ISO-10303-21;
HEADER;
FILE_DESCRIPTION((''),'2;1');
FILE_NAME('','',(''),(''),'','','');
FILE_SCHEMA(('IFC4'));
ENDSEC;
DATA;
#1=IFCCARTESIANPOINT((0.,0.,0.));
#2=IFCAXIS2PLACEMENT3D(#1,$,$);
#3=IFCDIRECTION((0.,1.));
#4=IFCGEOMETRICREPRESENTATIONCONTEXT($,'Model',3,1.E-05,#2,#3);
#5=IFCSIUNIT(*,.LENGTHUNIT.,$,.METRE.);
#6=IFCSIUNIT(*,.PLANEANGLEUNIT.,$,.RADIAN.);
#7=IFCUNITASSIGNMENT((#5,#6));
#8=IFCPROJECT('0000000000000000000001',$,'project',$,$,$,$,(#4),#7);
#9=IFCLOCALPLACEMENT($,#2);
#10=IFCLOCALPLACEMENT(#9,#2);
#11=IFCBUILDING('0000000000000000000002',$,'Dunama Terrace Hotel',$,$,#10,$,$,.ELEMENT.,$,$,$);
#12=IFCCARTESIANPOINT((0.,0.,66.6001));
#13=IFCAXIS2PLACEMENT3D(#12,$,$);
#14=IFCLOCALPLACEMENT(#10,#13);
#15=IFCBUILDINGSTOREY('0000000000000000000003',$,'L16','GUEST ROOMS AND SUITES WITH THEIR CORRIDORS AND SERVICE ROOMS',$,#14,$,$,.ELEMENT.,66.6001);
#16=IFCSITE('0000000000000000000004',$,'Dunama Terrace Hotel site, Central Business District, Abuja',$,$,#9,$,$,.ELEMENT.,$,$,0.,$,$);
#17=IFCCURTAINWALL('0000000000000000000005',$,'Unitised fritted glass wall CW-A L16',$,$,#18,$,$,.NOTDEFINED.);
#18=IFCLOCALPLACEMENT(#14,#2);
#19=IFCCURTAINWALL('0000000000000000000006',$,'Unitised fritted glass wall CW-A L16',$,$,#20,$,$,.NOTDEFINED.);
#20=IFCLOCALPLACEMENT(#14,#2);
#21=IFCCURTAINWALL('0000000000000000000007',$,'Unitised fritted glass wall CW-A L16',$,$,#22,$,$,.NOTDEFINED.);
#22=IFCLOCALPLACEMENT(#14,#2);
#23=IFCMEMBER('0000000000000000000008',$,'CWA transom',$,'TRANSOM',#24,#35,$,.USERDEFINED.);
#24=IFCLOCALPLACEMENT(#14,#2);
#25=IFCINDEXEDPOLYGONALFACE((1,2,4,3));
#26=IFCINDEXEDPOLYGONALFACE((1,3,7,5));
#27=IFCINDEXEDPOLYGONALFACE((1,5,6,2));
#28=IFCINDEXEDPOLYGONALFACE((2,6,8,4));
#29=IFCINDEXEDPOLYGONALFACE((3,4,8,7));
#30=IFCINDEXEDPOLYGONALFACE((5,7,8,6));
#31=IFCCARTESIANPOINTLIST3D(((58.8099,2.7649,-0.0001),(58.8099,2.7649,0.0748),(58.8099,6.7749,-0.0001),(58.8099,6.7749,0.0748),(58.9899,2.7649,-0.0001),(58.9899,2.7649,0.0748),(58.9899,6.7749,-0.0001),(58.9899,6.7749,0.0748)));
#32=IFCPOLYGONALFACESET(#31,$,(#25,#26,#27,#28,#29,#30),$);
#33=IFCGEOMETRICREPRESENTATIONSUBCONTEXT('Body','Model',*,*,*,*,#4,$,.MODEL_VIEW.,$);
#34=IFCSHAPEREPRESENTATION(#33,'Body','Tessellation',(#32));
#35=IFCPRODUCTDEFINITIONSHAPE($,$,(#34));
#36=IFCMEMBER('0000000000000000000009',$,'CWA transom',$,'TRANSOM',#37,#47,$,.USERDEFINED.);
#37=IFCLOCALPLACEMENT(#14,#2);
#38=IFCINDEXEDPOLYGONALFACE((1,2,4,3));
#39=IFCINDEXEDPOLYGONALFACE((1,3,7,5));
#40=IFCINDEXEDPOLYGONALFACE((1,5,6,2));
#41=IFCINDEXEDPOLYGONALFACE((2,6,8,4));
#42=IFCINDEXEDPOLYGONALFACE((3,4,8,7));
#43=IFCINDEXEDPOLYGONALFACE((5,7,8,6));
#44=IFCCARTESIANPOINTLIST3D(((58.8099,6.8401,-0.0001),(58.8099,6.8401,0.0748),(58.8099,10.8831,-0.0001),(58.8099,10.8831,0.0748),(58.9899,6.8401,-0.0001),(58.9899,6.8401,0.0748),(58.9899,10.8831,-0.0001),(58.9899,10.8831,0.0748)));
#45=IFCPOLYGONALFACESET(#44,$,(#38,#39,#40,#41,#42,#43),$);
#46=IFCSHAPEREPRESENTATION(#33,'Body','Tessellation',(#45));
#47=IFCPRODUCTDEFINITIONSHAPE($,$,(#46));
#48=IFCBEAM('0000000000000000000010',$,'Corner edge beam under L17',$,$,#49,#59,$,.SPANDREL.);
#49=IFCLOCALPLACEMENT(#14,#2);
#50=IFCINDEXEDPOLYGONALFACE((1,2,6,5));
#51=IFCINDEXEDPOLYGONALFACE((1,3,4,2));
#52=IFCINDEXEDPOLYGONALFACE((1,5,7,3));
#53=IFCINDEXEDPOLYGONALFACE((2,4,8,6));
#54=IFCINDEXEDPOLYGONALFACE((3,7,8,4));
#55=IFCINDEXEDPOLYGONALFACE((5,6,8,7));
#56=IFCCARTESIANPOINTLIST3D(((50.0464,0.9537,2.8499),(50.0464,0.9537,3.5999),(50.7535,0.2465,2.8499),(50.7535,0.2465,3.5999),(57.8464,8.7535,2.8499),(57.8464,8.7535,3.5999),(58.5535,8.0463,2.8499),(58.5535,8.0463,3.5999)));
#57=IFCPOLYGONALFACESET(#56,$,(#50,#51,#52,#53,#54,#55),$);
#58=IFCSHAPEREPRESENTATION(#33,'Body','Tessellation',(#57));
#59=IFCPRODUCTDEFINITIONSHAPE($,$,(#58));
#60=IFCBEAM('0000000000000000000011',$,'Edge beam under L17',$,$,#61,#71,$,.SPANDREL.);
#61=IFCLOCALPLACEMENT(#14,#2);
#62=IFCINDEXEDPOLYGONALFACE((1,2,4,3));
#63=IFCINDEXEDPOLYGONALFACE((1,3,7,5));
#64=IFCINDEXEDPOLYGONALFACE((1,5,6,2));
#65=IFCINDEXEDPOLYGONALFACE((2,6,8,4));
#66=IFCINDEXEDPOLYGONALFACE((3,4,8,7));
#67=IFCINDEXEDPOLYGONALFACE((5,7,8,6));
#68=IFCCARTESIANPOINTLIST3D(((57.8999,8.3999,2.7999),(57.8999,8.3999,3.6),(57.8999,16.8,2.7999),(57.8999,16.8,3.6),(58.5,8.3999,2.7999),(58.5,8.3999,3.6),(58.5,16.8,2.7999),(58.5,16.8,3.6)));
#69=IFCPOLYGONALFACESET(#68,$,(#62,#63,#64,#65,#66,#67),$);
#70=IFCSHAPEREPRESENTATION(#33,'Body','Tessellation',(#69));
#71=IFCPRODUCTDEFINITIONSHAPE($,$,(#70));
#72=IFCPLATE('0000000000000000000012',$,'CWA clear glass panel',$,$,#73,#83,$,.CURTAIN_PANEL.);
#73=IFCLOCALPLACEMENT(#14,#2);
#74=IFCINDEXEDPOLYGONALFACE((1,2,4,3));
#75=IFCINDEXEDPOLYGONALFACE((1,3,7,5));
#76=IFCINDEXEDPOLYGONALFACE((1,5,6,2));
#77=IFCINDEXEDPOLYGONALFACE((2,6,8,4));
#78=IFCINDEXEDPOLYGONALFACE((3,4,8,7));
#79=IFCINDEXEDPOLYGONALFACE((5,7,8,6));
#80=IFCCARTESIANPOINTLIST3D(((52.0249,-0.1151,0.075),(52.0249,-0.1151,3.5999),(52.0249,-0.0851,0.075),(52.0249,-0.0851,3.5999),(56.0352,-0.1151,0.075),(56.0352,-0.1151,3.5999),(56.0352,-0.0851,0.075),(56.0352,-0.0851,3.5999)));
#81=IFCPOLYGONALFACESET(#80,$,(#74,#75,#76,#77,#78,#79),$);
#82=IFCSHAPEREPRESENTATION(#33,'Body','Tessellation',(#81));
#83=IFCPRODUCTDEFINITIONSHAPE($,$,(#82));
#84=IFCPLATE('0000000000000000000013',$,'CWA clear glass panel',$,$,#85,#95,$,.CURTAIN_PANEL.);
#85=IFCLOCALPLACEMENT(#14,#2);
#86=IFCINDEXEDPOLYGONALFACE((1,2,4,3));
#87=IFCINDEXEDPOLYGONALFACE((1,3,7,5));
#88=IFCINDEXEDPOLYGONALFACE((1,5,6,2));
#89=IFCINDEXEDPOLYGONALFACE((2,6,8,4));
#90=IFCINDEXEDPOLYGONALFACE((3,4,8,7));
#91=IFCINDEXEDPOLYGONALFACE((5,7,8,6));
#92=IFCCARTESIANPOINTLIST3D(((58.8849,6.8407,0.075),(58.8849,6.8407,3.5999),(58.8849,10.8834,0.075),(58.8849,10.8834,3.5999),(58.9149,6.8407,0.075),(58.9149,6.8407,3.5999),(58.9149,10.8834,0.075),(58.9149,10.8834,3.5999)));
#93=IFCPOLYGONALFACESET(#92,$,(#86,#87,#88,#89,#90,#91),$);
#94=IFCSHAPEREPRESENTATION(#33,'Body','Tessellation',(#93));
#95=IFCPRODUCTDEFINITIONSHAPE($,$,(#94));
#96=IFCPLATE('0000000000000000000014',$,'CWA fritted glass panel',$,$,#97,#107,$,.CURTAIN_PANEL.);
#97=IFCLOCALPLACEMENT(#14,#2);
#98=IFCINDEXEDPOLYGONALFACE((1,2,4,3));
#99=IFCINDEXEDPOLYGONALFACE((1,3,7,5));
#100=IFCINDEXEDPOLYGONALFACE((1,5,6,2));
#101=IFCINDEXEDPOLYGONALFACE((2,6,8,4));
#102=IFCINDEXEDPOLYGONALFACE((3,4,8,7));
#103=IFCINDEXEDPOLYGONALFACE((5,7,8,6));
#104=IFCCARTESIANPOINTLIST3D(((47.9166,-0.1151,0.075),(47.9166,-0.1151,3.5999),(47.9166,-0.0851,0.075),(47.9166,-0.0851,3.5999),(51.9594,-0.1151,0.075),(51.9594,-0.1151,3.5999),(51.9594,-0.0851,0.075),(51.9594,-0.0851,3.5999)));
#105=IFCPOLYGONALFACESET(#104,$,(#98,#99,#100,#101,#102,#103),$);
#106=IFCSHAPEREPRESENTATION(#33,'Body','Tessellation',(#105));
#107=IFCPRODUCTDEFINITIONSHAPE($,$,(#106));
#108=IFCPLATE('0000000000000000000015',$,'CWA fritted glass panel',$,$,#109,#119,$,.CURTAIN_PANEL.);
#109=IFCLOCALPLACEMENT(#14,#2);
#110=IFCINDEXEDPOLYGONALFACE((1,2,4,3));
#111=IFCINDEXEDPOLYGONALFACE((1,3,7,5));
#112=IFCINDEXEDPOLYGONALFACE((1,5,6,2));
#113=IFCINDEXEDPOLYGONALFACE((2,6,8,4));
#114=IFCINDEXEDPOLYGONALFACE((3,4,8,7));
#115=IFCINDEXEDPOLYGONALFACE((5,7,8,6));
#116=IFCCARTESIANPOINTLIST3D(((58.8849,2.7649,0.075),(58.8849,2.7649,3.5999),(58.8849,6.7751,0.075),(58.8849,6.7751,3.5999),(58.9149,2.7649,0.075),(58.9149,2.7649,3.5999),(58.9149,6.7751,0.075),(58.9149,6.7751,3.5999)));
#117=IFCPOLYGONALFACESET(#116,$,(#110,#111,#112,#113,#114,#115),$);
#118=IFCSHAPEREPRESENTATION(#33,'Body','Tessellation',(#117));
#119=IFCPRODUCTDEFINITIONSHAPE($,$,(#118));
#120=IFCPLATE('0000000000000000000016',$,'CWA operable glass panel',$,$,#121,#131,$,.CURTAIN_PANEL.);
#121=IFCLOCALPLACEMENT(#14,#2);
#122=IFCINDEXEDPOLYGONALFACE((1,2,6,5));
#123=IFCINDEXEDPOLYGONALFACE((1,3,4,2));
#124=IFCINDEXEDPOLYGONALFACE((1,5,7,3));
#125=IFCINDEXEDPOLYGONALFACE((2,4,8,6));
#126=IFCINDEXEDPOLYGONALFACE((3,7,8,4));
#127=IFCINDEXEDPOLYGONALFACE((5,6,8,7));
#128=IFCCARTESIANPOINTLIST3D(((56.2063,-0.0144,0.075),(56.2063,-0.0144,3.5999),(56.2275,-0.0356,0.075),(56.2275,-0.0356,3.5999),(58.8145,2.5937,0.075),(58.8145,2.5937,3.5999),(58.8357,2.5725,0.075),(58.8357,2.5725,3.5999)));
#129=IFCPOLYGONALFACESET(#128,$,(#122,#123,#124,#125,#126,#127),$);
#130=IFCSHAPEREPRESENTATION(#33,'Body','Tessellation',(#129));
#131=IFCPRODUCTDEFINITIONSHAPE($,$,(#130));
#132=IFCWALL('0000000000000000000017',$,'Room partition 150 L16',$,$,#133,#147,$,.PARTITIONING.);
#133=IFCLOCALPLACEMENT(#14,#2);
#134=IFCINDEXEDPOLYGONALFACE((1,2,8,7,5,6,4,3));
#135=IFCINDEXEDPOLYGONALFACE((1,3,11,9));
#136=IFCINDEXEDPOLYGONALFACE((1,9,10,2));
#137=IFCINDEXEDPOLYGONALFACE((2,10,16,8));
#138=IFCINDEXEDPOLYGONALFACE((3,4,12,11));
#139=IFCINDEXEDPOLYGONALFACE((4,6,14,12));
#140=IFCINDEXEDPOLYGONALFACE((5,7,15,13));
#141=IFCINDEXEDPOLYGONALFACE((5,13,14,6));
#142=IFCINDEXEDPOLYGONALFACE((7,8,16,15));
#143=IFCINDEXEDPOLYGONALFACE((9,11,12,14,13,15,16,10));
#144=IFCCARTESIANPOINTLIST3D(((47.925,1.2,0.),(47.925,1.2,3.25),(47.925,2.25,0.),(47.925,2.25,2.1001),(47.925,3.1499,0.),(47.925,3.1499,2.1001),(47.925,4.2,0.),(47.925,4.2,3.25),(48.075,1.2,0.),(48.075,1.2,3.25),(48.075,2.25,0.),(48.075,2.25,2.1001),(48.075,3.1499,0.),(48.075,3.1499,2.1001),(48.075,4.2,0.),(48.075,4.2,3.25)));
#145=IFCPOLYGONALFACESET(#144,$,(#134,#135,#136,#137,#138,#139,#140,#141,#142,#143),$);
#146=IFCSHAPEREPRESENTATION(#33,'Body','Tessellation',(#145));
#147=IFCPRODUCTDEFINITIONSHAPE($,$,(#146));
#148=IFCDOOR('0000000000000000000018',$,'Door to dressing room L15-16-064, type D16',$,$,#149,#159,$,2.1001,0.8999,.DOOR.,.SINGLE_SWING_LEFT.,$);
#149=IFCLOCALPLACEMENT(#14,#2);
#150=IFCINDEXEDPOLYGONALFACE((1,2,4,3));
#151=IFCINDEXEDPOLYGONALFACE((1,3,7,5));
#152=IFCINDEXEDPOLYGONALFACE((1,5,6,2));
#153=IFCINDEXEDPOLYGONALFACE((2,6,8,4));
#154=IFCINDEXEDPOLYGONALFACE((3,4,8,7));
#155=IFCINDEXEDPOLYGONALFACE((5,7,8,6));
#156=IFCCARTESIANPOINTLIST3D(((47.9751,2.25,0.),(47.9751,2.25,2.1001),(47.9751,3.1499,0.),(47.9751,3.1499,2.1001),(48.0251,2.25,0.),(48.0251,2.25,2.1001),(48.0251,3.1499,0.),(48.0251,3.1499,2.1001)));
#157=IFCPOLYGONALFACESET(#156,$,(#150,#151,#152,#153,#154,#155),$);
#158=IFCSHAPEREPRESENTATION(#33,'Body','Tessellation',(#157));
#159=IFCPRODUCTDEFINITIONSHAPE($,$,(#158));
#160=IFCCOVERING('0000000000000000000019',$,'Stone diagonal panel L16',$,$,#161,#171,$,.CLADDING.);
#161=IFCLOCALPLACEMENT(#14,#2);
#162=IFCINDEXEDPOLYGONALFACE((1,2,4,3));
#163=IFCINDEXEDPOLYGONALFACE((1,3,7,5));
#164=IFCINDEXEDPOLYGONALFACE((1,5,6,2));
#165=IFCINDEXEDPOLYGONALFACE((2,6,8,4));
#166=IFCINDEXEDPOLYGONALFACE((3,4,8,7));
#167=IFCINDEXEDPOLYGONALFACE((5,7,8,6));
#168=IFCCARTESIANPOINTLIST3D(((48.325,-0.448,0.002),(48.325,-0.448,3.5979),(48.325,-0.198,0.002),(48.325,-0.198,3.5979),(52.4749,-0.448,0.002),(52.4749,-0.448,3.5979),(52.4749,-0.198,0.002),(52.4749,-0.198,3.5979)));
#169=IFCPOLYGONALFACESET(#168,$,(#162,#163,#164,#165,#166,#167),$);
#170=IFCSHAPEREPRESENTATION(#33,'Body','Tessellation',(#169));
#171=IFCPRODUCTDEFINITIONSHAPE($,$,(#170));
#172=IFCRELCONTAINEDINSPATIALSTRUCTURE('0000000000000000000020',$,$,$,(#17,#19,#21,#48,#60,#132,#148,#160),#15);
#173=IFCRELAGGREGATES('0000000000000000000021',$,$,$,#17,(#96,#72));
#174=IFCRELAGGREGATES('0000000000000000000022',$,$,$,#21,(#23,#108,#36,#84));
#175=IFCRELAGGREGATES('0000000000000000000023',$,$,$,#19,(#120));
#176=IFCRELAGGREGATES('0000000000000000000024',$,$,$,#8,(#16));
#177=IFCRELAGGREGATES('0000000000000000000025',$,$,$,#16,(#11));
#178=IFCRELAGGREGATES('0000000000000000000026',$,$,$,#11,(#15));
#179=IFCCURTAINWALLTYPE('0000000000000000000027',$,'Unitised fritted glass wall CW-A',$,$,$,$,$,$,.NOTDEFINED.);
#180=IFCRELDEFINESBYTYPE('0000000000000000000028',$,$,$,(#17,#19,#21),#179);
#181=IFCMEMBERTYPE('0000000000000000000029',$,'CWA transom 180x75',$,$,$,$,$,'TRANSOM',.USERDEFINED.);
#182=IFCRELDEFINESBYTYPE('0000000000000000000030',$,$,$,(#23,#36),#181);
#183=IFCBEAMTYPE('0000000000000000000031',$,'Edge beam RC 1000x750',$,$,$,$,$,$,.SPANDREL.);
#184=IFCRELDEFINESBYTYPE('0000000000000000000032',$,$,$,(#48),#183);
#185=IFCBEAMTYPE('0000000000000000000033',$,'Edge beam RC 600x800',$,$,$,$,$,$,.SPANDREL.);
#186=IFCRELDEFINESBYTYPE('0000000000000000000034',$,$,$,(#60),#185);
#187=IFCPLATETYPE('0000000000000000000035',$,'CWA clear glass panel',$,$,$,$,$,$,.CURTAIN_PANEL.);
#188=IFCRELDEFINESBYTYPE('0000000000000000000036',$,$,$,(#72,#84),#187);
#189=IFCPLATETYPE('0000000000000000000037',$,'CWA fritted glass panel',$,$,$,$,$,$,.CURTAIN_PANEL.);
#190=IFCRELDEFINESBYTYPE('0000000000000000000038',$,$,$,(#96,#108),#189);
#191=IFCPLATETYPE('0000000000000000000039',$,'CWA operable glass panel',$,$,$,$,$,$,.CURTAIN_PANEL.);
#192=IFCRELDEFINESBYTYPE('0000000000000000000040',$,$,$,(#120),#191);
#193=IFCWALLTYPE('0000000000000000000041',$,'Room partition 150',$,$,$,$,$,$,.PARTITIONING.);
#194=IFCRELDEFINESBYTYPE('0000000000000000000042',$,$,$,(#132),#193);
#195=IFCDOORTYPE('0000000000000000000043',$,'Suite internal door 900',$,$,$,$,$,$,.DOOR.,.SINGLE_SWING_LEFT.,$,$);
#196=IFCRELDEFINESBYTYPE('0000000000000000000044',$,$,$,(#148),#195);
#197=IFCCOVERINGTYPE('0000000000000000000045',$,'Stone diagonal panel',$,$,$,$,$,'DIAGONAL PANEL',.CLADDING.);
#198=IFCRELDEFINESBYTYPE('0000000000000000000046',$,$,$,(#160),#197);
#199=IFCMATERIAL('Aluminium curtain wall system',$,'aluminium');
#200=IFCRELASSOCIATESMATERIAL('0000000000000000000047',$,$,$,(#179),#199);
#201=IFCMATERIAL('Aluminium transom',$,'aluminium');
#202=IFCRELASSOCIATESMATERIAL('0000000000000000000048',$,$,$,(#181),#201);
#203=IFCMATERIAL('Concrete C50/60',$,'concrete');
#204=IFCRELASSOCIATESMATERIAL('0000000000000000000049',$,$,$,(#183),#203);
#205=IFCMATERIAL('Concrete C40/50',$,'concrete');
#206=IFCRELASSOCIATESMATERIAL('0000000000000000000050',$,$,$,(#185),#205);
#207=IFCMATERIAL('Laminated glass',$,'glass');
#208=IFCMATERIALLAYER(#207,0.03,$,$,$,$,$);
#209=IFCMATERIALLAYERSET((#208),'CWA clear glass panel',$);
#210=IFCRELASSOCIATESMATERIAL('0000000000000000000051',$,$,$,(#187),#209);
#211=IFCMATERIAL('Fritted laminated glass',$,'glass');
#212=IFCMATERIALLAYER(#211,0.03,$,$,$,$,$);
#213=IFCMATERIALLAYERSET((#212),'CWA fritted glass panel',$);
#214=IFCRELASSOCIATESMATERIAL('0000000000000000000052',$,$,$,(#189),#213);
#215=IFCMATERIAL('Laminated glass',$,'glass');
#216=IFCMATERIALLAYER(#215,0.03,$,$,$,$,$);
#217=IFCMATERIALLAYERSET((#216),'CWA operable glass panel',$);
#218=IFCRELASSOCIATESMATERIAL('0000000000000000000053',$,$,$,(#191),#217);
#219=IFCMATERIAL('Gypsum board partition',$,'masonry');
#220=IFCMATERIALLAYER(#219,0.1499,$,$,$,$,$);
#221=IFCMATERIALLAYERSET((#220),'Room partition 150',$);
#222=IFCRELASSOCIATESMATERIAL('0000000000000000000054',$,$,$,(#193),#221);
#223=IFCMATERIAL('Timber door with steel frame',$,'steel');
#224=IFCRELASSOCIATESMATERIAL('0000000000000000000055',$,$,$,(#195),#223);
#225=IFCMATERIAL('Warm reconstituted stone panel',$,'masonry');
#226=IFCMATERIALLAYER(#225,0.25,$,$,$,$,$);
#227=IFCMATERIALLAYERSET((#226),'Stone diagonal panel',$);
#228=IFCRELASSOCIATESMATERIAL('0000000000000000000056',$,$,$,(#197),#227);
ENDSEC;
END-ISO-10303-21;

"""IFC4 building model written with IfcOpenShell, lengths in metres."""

from ifc_helpers import new_model, si_unit, direction, frame, frame_2d, origin, origin_2d, place, context, subcontext, project, spatial, rectangle, extrude, material, layer, layer_set, material_profile, profile_set, type_object, element, fill, aggregate, save


model = new_model("IFC4")

# Units and contexts
model_context = context("Model", 3, precision=1e-05, world=origin(), true_north=direction((0.0, 1.0)))
body_context = subcontext(model_context, "Body", "Model", "MODEL_VIEW")
ifc_project = project(units=[si_unit("LENGTHUNIT", "METRE"), si_unit("PLANEANGLEUNIT", "RADIAN")], contexts=[model_context])

# Site, building, storey
site_placement = place(None, origin())
site = spatial("IfcSite", under=ifc_project, at=site_placement, Name="Dunama Terrace Hotel site, Central Business District, Abuja", CompositionType="ELEMENT", RefElevation=0.0)
building_placement = place(site_placement, origin())
building = spatial("IfcBuilding", under=site, at=building_placement, Name="Dunama Terrace Hotel", CompositionType="ELEMENT")
storey_placement = place(building_placement, frame((0.0, 0.0, 66.6001)))
storey = spatial("IfcBuildingStorey", under=building, at=storey_placement, Name="L16", Description="GUEST ROOMS AND SUITES WITH THEIR CORRIDORS AND SERVICE ROOMS", CompositionType="ELEMENT", Elevation=66.6001)

# Curtain walls
ifc_material_1 = material(Name="Aluminium curtain wall system", Category="aluminium")
curtain_wall_type = type_object("IfcCurtainWallType", Name="Unitised fritted glass wall CW-A", PredefinedType="NOTDEFINED", material=ifc_material_1)
curtain_wall_1_placement = place(storey_placement, origin())
curtain_wall_1 = element("IfcCurtainWall", 1, at=curtain_wall_1_placement, inside=storey, type_object=curtain_wall_type, Name="Unitised fritted glass wall CW-A L16", PredefinedType="NOTDEFINED")
curtain_wall_2_placement = place(storey_placement, origin())
curtain_wall_2 = element("IfcCurtainWall", 2, at=curtain_wall_2_placement, inside=storey, type_object=curtain_wall_type, Name="Unitised fritted glass wall CW-A L16", PredefinedType="NOTDEFINED")
curtain_wall_3_placement = place(storey_placement, origin())
curtain_wall_3 = element("IfcCurtainWall", 3, at=curtain_wall_3_placement, inside=storey, type_object=curtain_wall_type, Name="Unitised fritted glass wall CW-A L16", PredefinedType="NOTDEFINED")

# Members
ifc_material_2 = material(Name="Aluminium transom", Category="aluminium")
ifc_material_profile_1 = material_profile(ifc_material_2, rectangle(XDim=0.1799, YDim=0.075, at=origin_2d()), Name="CWA TRANSOM 180X75")
ifc_profile_set_1 = profile_set([ifc_material_profile_1], Name="Aluminium transom")
member_type_1 = type_object("IfcMemberType", Name="CWA transom 180x75", ElementType="TRANSOM", PredefinedType="USERDEFINED", material=ifc_profile_set_1)
member_1_placement = place(storey_placement, frame((58.8999, 2.7649, 0.0374), z_axis=(0.0, 1.0, 0.0), x_axis=(-1.0, 0.0, 0.0)))
member_1 = element("IfcMember", 4, at=member_1_placement, type_object=member_type_1, Name="CWA transom", ObjectType="TRANSOM", PredefinedType="USERDEFINED", context=body_context, shape_type="SweptSolid", body=[
    extrude(rectangle(XDim=0.1799, YDim=0.075, at=origin_2d()), origin(), (0.0, 0.0, 1.0), 4.01),
])
member_2_placement = place(storey_placement, frame((58.8999, 6.8401, 0.0374), z_axis=(0.0, 1.0, 0.0), x_axis=(-1.0, 0.0, 0.0)))
member_2 = element("IfcMember", 5, at=member_2_placement, type_object=member_type_1, Name="CWA transom", ObjectType="TRANSOM", PredefinedType="USERDEFINED", context=body_context, shape_type="SweptSolid", body=[
    extrude(rectangle(XDim=0.1799, YDim=0.075, at=origin_2d()), origin(), (0.0, 0.0, 1.0), 4.043),
])

# Beams
ifc_material_3 = material(Name="Concrete C50/60", Category="concrete")
ifc_material_profile_2 = material_profile(ifc_material_3, rectangle(XDim=1.0, YDim=0.75, at=origin_2d()), Name="RC 1000x750")
ifc_profile_set_2 = profile_set([ifc_material_profile_2], Name="Concrete C50/60")
beam_type_1 = type_object("IfcBeamType", Name="Edge beam RC 1000x750", PredefinedType="SPANDREL", material=ifc_profile_set_2)
beam_1_placement = place(storey_placement, frame((50.3999, 0.6001, 3.2249), z_axis=(0.707118, 0.707096, 0.0), x_axis=(-0.707096, 0.707118, 0.0)))
element("IfcBeam", 6, at=beam_1_placement, inside=storey, type_object=beam_type_1, Name="Corner edge beam under L17", PredefinedType="SPANDREL", context=body_context, shape_type="SweptSolid", body=[
    extrude(rectangle(XDim=1.0, YDim=0.75, at=origin_2d()), origin(), (0.0, 0.0, 1.0), 11.0308),
])
ifc_material_4 = material(Name="Concrete C40/50", Category="concrete")
ifc_material_profile_3 = material_profile(ifc_material_4, rectangle(XDim=0.6001, YDim=0.8, at=origin_2d()), Name="RC 600x800")
ifc_profile_set_3 = profile_set([ifc_material_profile_3], Name="Concrete C40/50")
beam_type_2 = type_object("IfcBeamType", Name="Edge beam RC 600x800", PredefinedType="SPANDREL", material=ifc_profile_set_3)
beam_2_placement = place(storey_placement, frame((58.2, 8.3999, 3.2), z_axis=(0.0, 1.0, 0.0), x_axis=(-1.0, 0.0, 0.0)))
element("IfcBeam", 7, at=beam_2_placement, inside=storey, type_object=beam_type_2, Name="Edge beam under L17", PredefinedType="SPANDREL", context=body_context, shape_type="SweptSolid", body=[
    extrude(rectangle(XDim=0.6001, YDim=0.8, at=origin_2d()), origin(), (0.0, 0.0, 1.0), 8.4001),
])

# Plates
ifc_material_5 = material(Name="Laminated glass", Category="glass")
ifc_layer_1 = layer(ifc_material_5, 0.03)
ifc_layer_set_1 = layer_set([ifc_layer_1], Name="CWA clear glass panel")
plate_type_1 = type_object("IfcPlateType", Name="CWA clear glass panel", PredefinedType="CURTAIN_PANEL", material=ifc_layer_set_1)
plate_1_placement = place(storey_placement, frame((54.03, -0.1001, 0.075), z_axis=(0.0, 0.0, 1.0), x_axis=(1.0, 0.0, 0.0)))
plate_1 = element("IfcPlate", 8, at=plate_1_placement, type_object=plate_type_1, Name="CWA clear glass panel", PredefinedType="CURTAIN_PANEL", context=body_context, shape_type="SweptSolid", body=[
    extrude(rectangle(XDim=4.0103, YDim=0.03, at=origin_2d()), origin(), (0.0, 0.0, 1.0), 3.5249),
])
plate_2_placement = place(storey_placement, frame((58.8999, 8.8621, 0.075), z_axis=(0.0, 0.0, 1.0), x_axis=(0.0, 1.0, 0.0)))
plate_2 = element("IfcPlate", 9, at=plate_2_placement, type_object=plate_type_1, Name="CWA clear glass panel", PredefinedType="CURTAIN_PANEL", context=body_context, shape_type="SweptSolid", body=[
    extrude(rectangle(XDim=4.0427, YDim=0.03, at=origin_2d()), origin(), (0.0, 0.0, 1.0), 3.5249),
])
ifc_material_6 = material(Name="Fritted laminated glass", Category="glass")
ifc_layer_2 = layer(ifc_material_6, 0.03)
ifc_layer_set_2 = layer_set([ifc_layer_2], Name="CWA fritted glass panel")
plate_type_2 = type_object("IfcPlateType", Name="CWA fritted glass panel", PredefinedType="CURTAIN_PANEL", material=ifc_layer_set_2)
plate_3_placement = place(storey_placement, frame((49.938, -0.1001, 0.075), z_axis=(0.0, 0.0, 1.0), x_axis=(1.0, 0.0, 0.0)))
plate_3 = element("IfcPlate", 10, at=plate_3_placement, type_object=plate_type_2, Name="CWA fritted glass panel", PredefinedType="CURTAIN_PANEL", context=body_context, shape_type="SweptSolid", body=[
    extrude(rectangle(XDim=4.0427, YDim=0.03, at=origin_2d()), origin(), (0.0, 0.0, 1.0), 3.5249),
])
aggregate(curtain_wall_1, [plate_3, plate_1])
plate_4_placement = place(storey_placement, frame((58.8999, 4.77, 0.075), z_axis=(0.0, 0.0, 1.0), x_axis=(0.0, 1.0, 0.0)))
plate_4 = element("IfcPlate", 11, at=plate_4_placement, type_object=plate_type_2, Name="CWA fritted glass panel", PredefinedType="CURTAIN_PANEL", context=body_context, shape_type="SweptSolid", body=[
    extrude(rectangle(XDim=4.0103, YDim=0.03, at=origin_2d()), origin(), (0.0, 0.0, 1.0), 3.5249),
])
aggregate(curtain_wall_3, [member_1, plate_4, member_2, plate_2])
ifc_material_7 = material(Name="Laminated glass", Category="glass")
ifc_layer_3 = layer(ifc_material_7, 0.03)
ifc_layer_set_3 = layer_set([ifc_layer_3], Name="CWA operable glass panel")
plate_type_3 = type_object("IfcPlateType", Name="CWA operable glass panel", PredefinedType="CURTAIN_PANEL", material=ifc_layer_set_3)
plate_5_placement = place(storey_placement, frame((57.521, 1.2791, 0.075), z_axis=(0.0, 0.0, 1.0), x_axis=(0.707107, 0.707107, 0.0)))
plate_5 = element("IfcPlate", 12, at=plate_5_placement, type_object=plate_type_3, Name="CWA operable glass panel", PredefinedType="CURTAIN_PANEL", context=body_context, shape_type="SweptSolid", body=[
    extrude(rectangle(XDim=3.6885, YDim=0.03, at=origin_2d()), origin(), (0.0, 0.0, 1.0), 3.5249),
])
aggregate(curtain_wall_2, [plate_5])

# Wall, opening, door
ifc_material_8 = material(Name="Gypsum board partition", Category="masonry")
ifc_layer_4 = layer(ifc_material_8, 0.1499)
ifc_layer_set_4 = layer_set([ifc_layer_4], Name="Room partition 150")
wall_type = type_object("IfcWallType", Name="Room partition 150", PredefinedType="PARTITIONING", material=ifc_layer_set_4)
wall_placement = place(storey_placement, frame((48.0, 1.2, 0.0), z_axis=(0.0, 0.0, 1.0), x_axis=(0.0, 1.0, 0.0)))
wall = element("IfcWall", 13, at=wall_placement, inside=storey, type_object=wall_type, Name="Room partition 150 L16", PredefinedType="PARTITIONING", context=body_context, shape_type="SweptSolid", body=[
    extrude(rectangle(XDim=3.0, YDim=0.1499, at=frame_2d((1.5, 0.0))), origin(), (0.0, 0.0, 1.0), 3.25),
])
opening_placement = place(wall_placement, frame((1.05, 0.0, 0.0)))
opening = element("IfcOpeningElement", 14, at=opening_placement, cuts=wall, PredefinedType="OPENING", context=body_context, shape_type="SweptSolid", body=[
    extrude(rectangle(XDim=0.8999, YDim=2.1001, at=frame_2d((0.45, 1.05))), frame((0.0, 0.085, 0.0), z_axis=(0.0, -1.0, 0.0), x_axis=(1.0, 0.0, 0.0)), (0.0, 0.0, 1.0), 0.1699),
])
ifc_material_9 = material(Name="Timber door with steel frame", Category="steel")
door_type = type_object("IfcDoorType", Name="Suite internal door 900", OperationType="SINGLE_SWING_LEFT", PredefinedType="DOOR", material=ifc_material_9)
door_placement = place(opening_placement, origin())
door = element("IfcDoor", 15, at=door_placement, inside=storey, type_object=door_type, Name="Door to dressing room L15-16-064, type D16", OperationType="SINGLE_SWING_LEFT", OverallHeight=2.1001, OverallWidth=0.8999, PredefinedType="DOOR", context=body_context, shape_type="SweptSolid", body=[
    extrude(rectangle(XDim=0.8999, YDim=2.1001, at=frame_2d((0.45, 1.05))), frame((0.0, 0.0249, 0.0), z_axis=(0.0, -1.0, 0.0), x_axis=(1.0, 0.0, 0.0)), (0.0, 0.0, 1.0), 0.05),
])
fill(opening, door)

# Covering
ifc_material_10 = material(Name="Warm reconstituted stone panel", Category="masonry")
ifc_layer_5 = layer(ifc_material_10, 0.25)
ifc_layer_set_5 = layer_set([ifc_layer_5], Name="Stone diagonal panel")
covering_type = type_object("IfcCoveringType", Name="Stone diagonal panel", ElementType="DIAGONAL PANEL", PredefinedType="CLADDING", material=ifc_layer_set_5)
covering_1_placement = place(storey_placement, frame((50.3999, -0.323, 0.002), z_axis=(0.0, 0.0, 1.0), x_axis=(1.0, 0.0, 0.0)))
element("IfcCovering", 16, at=covering_1_placement, inside=storey, type_object=covering_type, Name="Stone diagonal panel L16", PredefinedType="CLADDING", context=body_context, shape_type="SweptSolid", body=[
    extrude(rectangle(XDim=4.1499, YDim=0.25, at=origin_2d()), origin(), (0.0, 0.0, 1.0), 3.5959),
])

save(model, "model.ifc")
